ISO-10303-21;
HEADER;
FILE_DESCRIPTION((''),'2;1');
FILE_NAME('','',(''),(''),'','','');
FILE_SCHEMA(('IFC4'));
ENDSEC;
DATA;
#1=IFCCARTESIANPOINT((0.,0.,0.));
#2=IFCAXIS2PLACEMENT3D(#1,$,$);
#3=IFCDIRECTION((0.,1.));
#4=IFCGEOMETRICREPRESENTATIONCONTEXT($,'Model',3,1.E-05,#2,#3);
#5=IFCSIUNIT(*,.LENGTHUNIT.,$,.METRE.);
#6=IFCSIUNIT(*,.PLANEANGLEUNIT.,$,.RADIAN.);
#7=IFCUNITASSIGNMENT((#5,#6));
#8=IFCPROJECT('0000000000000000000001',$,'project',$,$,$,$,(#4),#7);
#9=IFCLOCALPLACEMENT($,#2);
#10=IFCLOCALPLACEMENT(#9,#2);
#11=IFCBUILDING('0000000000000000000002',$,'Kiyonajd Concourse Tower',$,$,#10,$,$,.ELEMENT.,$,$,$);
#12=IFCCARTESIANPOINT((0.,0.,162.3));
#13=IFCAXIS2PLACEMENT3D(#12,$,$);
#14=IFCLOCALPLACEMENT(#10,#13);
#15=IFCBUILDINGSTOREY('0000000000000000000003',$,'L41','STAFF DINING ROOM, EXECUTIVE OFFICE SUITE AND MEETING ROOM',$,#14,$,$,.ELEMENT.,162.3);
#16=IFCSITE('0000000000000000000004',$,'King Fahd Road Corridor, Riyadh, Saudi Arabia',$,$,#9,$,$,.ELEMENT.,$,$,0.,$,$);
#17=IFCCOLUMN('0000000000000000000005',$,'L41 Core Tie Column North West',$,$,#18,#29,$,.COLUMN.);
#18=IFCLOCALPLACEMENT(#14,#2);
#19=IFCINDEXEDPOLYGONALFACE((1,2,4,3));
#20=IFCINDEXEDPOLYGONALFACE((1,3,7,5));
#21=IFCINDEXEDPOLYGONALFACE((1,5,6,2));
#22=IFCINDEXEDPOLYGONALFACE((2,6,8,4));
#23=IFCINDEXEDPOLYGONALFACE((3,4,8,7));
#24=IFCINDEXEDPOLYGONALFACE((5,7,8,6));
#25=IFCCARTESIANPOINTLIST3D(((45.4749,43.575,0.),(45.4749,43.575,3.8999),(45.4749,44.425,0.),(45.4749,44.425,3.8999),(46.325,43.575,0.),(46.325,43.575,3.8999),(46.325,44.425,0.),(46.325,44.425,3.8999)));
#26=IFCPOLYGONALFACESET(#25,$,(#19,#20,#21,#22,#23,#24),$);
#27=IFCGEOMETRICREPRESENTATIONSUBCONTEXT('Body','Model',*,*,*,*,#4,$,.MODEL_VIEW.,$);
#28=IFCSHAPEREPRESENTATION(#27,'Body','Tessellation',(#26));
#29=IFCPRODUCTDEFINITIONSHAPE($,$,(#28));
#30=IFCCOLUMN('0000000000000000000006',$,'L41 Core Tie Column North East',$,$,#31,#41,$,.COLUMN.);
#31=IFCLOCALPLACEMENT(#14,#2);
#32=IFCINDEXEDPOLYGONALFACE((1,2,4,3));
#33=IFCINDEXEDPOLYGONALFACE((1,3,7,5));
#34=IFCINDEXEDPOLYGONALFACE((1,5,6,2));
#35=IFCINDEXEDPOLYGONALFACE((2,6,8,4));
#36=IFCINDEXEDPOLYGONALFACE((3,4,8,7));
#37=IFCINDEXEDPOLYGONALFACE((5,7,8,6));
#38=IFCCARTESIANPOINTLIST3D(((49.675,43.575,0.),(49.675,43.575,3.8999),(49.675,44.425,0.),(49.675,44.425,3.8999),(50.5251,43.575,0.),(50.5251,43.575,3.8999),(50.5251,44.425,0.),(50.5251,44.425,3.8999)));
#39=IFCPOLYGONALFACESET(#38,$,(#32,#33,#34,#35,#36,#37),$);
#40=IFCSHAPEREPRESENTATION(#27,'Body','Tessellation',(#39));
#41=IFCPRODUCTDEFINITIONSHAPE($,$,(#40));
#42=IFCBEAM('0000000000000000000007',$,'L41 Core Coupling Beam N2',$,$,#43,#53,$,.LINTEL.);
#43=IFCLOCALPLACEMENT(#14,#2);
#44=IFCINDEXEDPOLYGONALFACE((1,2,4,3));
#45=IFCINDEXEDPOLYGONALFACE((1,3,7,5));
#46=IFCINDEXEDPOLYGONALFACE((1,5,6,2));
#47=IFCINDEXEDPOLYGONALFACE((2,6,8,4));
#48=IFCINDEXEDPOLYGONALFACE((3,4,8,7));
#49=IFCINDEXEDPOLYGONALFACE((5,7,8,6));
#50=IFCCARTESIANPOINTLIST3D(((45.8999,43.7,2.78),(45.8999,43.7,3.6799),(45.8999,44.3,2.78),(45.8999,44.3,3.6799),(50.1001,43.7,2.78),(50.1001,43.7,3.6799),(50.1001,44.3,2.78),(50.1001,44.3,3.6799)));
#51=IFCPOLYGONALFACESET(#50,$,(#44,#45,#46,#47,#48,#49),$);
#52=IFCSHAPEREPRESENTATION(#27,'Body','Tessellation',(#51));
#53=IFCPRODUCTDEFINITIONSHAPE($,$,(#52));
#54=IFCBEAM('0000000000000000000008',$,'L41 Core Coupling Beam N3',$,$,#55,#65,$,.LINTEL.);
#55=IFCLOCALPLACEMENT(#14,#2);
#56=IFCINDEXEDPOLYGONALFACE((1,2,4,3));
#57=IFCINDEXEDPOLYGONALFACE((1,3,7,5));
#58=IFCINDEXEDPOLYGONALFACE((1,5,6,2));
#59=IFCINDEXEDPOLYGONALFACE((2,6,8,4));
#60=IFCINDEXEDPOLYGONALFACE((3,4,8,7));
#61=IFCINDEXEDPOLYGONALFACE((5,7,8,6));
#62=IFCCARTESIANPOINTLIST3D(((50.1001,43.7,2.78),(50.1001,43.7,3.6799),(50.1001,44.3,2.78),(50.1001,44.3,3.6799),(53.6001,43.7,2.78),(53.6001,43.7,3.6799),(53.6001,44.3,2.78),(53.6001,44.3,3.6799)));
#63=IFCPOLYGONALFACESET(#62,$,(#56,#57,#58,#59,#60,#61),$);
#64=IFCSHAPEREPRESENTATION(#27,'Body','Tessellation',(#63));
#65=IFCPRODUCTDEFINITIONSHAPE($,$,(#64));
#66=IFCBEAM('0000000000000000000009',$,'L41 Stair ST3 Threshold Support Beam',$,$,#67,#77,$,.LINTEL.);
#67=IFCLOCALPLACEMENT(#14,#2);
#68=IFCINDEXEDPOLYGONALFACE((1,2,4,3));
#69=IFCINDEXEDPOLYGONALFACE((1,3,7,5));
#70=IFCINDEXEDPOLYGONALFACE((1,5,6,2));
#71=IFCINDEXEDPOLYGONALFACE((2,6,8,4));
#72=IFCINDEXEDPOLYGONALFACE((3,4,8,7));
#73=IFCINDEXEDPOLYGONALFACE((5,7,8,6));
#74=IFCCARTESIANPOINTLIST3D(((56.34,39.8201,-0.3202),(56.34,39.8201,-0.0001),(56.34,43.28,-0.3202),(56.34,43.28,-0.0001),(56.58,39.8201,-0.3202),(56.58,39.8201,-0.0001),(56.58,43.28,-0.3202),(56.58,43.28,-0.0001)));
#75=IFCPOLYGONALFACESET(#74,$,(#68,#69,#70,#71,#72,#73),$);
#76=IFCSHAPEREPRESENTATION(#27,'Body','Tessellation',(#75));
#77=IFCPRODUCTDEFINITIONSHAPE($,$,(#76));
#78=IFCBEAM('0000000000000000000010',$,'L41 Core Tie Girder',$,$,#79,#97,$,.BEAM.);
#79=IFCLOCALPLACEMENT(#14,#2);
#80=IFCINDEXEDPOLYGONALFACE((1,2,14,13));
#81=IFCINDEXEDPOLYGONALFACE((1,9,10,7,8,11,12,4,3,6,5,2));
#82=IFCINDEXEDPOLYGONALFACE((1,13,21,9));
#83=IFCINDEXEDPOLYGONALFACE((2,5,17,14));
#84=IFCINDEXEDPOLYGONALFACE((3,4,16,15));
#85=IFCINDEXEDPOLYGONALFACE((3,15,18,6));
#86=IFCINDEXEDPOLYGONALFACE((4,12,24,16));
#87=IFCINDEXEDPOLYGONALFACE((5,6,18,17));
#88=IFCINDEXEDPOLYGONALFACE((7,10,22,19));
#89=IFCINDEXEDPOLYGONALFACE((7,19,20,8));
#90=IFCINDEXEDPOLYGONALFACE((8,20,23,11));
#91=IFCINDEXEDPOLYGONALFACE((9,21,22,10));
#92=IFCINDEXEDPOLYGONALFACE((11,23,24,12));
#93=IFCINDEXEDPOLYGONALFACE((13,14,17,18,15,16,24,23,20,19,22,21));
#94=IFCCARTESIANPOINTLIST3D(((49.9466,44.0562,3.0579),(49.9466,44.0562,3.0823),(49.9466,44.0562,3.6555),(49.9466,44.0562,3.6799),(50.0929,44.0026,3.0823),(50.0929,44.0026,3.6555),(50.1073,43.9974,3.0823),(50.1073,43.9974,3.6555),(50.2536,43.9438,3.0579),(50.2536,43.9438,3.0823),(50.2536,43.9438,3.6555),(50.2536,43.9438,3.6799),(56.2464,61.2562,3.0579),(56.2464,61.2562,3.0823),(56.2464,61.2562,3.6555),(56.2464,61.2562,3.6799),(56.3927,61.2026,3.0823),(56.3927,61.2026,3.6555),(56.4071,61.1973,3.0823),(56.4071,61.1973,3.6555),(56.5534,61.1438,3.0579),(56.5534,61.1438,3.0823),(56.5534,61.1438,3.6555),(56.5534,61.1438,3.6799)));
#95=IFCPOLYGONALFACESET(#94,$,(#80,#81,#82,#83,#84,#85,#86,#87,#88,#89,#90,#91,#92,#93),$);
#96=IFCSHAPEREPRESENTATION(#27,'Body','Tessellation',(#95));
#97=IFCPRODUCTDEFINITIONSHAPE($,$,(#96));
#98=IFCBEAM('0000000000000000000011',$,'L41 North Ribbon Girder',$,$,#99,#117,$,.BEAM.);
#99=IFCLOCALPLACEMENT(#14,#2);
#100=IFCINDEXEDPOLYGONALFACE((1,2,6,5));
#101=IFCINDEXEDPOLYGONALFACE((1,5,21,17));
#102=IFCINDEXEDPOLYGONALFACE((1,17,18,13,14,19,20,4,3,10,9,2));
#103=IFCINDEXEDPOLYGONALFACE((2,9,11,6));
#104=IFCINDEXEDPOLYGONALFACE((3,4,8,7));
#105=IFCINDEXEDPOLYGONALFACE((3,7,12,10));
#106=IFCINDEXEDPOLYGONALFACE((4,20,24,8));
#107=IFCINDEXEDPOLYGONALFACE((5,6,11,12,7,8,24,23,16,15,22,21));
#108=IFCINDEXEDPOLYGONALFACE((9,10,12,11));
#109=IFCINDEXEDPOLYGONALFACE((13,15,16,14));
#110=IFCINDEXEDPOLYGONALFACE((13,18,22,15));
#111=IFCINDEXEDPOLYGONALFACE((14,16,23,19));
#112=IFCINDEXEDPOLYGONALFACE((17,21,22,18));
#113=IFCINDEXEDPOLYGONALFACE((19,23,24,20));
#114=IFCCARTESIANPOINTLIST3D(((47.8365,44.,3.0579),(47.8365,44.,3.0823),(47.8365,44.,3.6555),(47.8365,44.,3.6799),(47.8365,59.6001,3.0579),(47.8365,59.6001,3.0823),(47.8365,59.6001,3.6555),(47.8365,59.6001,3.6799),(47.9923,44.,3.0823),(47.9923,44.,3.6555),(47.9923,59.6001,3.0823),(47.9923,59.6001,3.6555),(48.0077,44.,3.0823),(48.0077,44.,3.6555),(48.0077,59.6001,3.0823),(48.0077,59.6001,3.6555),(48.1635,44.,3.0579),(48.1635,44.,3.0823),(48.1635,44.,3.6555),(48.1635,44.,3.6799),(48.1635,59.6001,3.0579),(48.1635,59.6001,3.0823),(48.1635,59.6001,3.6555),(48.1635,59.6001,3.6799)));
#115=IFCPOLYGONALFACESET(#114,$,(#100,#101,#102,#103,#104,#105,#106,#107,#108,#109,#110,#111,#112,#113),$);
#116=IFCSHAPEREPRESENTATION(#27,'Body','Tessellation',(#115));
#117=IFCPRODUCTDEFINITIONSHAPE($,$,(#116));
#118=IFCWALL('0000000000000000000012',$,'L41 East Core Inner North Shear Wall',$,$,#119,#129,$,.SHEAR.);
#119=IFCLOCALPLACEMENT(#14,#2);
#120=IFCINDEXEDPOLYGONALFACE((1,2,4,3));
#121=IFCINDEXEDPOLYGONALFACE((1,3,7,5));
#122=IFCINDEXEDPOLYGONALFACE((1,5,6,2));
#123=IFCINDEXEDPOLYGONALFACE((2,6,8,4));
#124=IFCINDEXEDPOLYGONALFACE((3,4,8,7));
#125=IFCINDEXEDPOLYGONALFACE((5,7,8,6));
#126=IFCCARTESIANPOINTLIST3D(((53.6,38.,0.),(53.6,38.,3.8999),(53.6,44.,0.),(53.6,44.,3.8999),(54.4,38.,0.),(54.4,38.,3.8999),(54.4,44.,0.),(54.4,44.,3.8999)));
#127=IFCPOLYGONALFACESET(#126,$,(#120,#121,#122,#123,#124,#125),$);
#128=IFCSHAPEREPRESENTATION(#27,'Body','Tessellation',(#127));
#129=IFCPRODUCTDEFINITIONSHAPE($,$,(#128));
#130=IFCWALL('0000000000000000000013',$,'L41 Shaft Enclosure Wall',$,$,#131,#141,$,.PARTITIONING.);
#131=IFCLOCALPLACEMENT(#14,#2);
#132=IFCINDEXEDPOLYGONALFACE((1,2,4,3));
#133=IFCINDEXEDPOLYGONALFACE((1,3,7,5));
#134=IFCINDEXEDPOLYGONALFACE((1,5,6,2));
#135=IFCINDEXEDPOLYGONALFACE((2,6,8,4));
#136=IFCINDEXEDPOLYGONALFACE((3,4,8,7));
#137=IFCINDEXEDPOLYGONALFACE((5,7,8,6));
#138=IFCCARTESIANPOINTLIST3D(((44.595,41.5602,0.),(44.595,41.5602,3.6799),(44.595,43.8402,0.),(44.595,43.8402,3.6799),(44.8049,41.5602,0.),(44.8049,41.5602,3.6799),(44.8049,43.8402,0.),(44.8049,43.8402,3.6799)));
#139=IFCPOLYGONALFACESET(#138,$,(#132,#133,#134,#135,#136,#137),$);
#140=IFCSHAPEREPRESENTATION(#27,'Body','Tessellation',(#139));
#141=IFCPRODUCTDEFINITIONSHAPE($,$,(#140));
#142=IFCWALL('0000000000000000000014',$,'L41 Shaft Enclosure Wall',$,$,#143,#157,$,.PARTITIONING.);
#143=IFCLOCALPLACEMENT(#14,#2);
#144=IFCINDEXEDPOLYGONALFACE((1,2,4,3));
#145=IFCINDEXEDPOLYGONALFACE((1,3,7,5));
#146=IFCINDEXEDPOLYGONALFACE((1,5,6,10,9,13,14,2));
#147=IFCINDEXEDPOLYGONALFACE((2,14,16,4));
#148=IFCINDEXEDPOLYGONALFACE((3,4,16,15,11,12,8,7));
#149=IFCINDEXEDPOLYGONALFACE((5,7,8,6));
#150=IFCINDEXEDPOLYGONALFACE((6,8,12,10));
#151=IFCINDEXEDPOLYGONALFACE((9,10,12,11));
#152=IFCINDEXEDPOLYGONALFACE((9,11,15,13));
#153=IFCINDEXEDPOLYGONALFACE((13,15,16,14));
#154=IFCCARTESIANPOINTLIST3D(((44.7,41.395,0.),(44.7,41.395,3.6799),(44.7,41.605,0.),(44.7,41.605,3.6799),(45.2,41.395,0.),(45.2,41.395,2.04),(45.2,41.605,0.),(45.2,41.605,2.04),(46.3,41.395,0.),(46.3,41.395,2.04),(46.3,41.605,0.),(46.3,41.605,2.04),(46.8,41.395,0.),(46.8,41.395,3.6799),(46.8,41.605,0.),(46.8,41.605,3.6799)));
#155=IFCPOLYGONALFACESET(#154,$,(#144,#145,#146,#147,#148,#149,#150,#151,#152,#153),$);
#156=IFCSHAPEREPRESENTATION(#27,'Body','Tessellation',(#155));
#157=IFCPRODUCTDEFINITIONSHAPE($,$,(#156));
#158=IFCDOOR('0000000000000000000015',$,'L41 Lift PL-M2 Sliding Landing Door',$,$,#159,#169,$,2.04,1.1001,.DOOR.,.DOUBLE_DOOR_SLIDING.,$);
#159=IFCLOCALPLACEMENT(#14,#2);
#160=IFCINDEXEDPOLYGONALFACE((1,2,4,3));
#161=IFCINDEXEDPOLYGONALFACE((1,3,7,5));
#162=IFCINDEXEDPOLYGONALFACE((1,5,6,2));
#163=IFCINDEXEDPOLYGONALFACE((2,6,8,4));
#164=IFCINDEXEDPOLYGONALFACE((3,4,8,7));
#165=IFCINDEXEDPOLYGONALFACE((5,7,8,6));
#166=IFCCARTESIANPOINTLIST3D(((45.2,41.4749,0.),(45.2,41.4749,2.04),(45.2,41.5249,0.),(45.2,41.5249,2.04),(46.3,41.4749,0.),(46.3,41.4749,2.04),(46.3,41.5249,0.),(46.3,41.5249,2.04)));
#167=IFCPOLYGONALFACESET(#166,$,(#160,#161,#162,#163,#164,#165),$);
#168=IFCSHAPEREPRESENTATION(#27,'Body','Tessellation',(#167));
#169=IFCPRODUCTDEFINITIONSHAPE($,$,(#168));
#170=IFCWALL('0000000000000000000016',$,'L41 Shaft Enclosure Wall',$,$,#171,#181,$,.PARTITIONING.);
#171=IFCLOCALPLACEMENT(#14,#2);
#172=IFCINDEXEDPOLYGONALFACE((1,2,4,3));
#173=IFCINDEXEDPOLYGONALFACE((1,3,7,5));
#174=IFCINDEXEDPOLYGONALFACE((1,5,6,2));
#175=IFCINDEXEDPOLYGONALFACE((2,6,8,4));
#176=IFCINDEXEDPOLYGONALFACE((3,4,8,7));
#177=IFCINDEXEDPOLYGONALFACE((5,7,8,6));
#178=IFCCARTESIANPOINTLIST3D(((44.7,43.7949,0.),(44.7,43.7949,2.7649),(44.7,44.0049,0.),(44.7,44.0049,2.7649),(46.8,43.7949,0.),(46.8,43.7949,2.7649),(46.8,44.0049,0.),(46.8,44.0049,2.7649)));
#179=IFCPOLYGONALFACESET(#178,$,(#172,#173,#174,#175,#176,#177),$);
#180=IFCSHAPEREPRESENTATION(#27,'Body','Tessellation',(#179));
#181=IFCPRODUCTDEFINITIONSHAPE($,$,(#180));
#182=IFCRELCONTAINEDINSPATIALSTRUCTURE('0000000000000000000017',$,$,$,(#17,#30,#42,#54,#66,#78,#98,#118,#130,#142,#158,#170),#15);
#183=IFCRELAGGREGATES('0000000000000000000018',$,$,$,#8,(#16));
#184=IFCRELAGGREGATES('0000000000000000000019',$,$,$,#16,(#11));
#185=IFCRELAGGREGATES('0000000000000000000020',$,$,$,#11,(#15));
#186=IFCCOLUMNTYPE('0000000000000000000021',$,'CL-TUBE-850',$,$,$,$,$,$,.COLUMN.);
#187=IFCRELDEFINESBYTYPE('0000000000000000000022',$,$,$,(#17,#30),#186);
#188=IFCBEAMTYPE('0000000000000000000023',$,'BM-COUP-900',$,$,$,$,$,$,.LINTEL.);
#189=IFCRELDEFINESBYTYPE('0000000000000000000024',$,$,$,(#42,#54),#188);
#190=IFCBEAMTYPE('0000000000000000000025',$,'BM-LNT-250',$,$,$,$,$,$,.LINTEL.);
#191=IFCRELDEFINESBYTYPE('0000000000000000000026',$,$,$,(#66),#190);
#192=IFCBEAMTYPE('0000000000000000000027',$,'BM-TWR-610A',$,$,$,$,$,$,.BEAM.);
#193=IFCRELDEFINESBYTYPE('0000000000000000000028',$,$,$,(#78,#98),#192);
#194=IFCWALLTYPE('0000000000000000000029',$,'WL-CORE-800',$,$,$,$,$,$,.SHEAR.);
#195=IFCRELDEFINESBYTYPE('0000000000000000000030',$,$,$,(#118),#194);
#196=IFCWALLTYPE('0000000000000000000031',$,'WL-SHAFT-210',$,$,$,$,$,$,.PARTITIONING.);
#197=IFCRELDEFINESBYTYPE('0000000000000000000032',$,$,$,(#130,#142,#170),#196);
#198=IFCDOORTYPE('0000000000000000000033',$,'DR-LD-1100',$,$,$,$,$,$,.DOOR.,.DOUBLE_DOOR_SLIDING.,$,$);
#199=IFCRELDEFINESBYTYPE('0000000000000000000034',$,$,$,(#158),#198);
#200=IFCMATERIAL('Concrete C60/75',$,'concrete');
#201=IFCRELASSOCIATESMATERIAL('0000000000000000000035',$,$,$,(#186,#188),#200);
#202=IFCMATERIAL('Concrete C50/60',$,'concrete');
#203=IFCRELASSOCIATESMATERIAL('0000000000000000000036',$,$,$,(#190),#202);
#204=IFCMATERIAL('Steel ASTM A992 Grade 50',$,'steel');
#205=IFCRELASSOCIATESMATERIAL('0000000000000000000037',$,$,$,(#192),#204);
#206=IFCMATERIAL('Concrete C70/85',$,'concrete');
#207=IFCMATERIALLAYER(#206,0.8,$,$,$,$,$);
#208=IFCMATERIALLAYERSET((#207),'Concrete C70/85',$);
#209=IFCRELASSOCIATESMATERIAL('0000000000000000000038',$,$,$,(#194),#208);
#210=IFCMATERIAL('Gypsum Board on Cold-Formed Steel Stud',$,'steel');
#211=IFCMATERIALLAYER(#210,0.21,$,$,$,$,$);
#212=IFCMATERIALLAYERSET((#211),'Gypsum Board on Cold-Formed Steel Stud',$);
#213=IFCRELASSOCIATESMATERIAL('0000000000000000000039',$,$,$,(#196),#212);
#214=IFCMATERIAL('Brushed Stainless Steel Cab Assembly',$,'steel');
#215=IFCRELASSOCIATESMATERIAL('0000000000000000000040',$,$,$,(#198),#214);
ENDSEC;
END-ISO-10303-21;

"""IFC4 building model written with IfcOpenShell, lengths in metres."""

from ifc_helpers import new_model, si_unit, direction, frame, frame_2d, origin, origin_2d, place, context, subcontext, project, spatial, rectangle, i_section, extrude, material, layer, layer_set, material_profile, profile_set, type_object, element, fill, save


model = new_model("IFC4")

# Units and contexts
model_context = context("Model", 3, precision=1e-05, world=origin(), true_north=direction((0.0, 1.0)))
body_context = subcontext(model_context, "Body", "Model", "MODEL_VIEW")
ifc_project = project(units=[si_unit("LENGTHUNIT", "METRE"), si_unit("PLANEANGLEUNIT", "RADIAN")], contexts=[model_context])

# Site, building, storey
site_placement = place(None, origin())
site = spatial("IfcSite", under=ifc_project, at=site_placement, Name="King Fahd Road Corridor, Riyadh, Saudi Arabia", CompositionType="ELEMENT", RefElevation=0.0)
building_placement = place(site_placement, origin())
building = spatial("IfcBuilding", under=site, at=building_placement, Name="Kiyonajd Concourse Tower", CompositionType="ELEMENT")
storey_placement = place(building_placement, frame((0.0, 0.0, 162.3)))
storey = spatial("IfcBuildingStorey", under=building, at=storey_placement, Name="L41", Description="STAFF DINING ROOM, EXECUTIVE OFFICE SUITE AND MEETING ROOM", CompositionType="ELEMENT", Elevation=162.3)

# Columns
ifc_material_1 = material(Name="Concrete C60/75", Category="concrete")
ifc_material_profile_1 = material_profile(ifc_material_1, rectangle(XDim=0.8501, YDim=0.8501, at=origin_2d()), Name="RC-850x850")
ifc_profile_set_1 = profile_set([ifc_material_profile_1], Name="Concrete C60/75")
column_type = type_object("IfcColumnType", Name="CL-TUBE-850", PredefinedType="COLUMN", material=ifc_profile_set_1)
for number, where, z_axis, x_axis, name in (
    (1, (45.8999, 44.0, 0.0), (0.0, 0.0, 1.0), (1.0, 0.0, 0.0), "L41 Core Tie Column North West"),
    (2, (50.1001, 44.0, 0.0), (0.0, 0.0, 1.0), (1.0, 0.0, 0.0), "L41 Core Tie Column North East"),
):
    element("IfcColumn", number, at=place(storey_placement, frame(where, z_axis=z_axis, x_axis=x_axis)), inside=storey, type_object=column_type, Name=name, PredefinedType="COLUMN", context=body_context, shape_type="SweptSolid", body=[
        extrude(rectangle(XDim=0.8501, YDim=0.8501, at=origin_2d()), origin(), (0.0, 0.0, 1.0), 3.8999),
    ])

# Beams
ifc_material_profile_2 = material_profile(ifc_material_1, rectangle(XDim=0.6001, YDim=0.8999, at=origin_2d()), Name="RCBM-600x900")
ifc_profile_set_2 = profile_set([ifc_material_profile_2], Name="Concrete C60/75")
beam_type_1 = type_object("IfcBeamType", Name="BM-COUP-900", PredefinedType="LINTEL", material=ifc_profile_set_2)
beam_1_placement = place(storey_placement, frame((45.8999, 44.0, 3.23), z_axis=(1.0, 0.0, 0.0), x_axis=(0.0, 1.0, 0.0)))
element("IfcBeam", 3, at=beam_1_placement, inside=storey, type_object=beam_type_1, Name="L41 Core Coupling Beam N2", PredefinedType="LINTEL", context=body_context, shape_type="SweptSolid", body=[
    extrude(rectangle(XDim=0.6001, YDim=0.8999, at=origin_2d()), origin(), (0.0, 0.0, 1.0), 4.2002),
])
beam_2_placement = place(storey_placement, frame((50.1001, 44.0, 3.23), z_axis=(1.0, 0.0, 0.0), x_axis=(0.0, 1.0, 0.0)))
element("IfcBeam", 4, at=beam_2_placement, inside=storey, type_object=beam_type_1, Name="L41 Core Coupling Beam N3", PredefinedType="LINTEL", context=body_context, shape_type="SweptSolid", body=[
    extrude(rectangle(XDim=0.6001, YDim=0.8999, at=origin_2d()), origin(), (0.0, 0.0, 1.0), 3.5),
])
ifc_material_2 = material(Name="Concrete C50/60", Category="concrete")
ifc_material_profile_3 = material_profile(ifc_material_2, rectangle(XDim=0.24, YDim=0.3201, at=origin_2d()), Name="RCBM-240x320")
ifc_profile_set_3 = profile_set([ifc_material_profile_3], Name="Concrete C50/60")
beam_type_2 = type_object("IfcBeamType", Name="BM-LNT-250", PredefinedType="LINTEL", material=ifc_profile_set_3)
beam_3_placement = place(storey_placement, frame((56.46, 39.8201, -0.1602), z_axis=(0.0, 1.0, 0.0), x_axis=(-1.0, 0.0, 0.0)))
element("IfcBeam", 5, at=beam_3_placement, inside=storey, type_object=beam_type_2, Name="L41 Stair ST3 Threshold Support Beam", PredefinedType="LINTEL", context=body_context, shape_type="SweptSolid", body=[
    extrude(rectangle(XDim=0.24, YDim=0.3201, at=origin_2d()), origin(), (0.0, 0.0, 1.0), 3.46),
])
ifc_material_3 = material(Name="Steel ASTM A992 Grade 50", Category="steel")
ifc_material_profile_4 = material_profile(ifc_material_3, i_section(OverallWidth=0.3269, OverallDepth=0.6221, WebThickness=0.0154, FlangeThickness=0.0244, at=origin_2d()), Name="W610X195")
ifc_profile_set_4 = profile_set([ifc_material_profile_4], Name="Steel ASTM A992 Grade 50")
beam_type_3 = type_object("IfcBeamType", Name="BM-TWR-610A", PredefinedType="BEAM", material=ifc_profile_set_4)
beam_4_placement = place(storey_placement, frame((50.1001, 44.0, 3.3689), z_axis=(0.343925, 0.938997, 0.0), x_axis=(-0.938997, 0.343925, 0.0)))
element("IfcBeam", 6, at=beam_4_placement, inside=storey, type_object=beam_type_3, Name="L41 Core Tie Girder", PredefinedType="BEAM", context=body_context, shape_type="SweptSolid", body=[
    extrude(i_section(OverallWidth=0.3269, OverallDepth=0.6221, WebThickness=0.0154, FlangeThickness=0.0244, at=origin_2d()), origin(), (0.0, 0.0, 1.0), 18.3174),
])
beam_5_placement = place(storey_placement, frame((48.0, 44.0, 3.3689), z_axis=(0.0, 1.0, 0.0), x_axis=(-1.0, 0.0, 0.0)))
element("IfcBeam", 7, at=beam_5_placement, inside=storey, type_object=beam_type_3, Name="L41 North Ribbon Girder", PredefinedType="BEAM", context=body_context, shape_type="SweptSolid", body=[
    extrude(i_section(OverallWidth=0.3269, OverallDepth=0.6221, WebThickness=0.0154, FlangeThickness=0.0244, at=origin_2d()), origin(), (0.0, 0.0, 1.0), 15.6001),
])

# Walls
ifc_material_4 = material(Name="Concrete C70/85", Category="concrete")
ifc_layer_1 = layer(ifc_material_4, 0.8)
ifc_layer_set_1 = layer_set([ifc_layer_1], Name="Concrete C70/85")
wall_type_1 = type_object("IfcWallType", Name="WL-CORE-800", PredefinedType="SHEAR", material=ifc_layer_set_1)
wall_1_placement = place(storey_placement, frame((54.0, 38.0, 0.0), z_axis=(0.0, 0.0, 1.0), x_axis=(0.0, 1.0, 0.0)))
element("IfcWall", 8, at=wall_1_placement, inside=storey, type_object=wall_type_1, Name="L41 East Core Inner North Shear Wall", PredefinedType="SHEAR", context=body_context, shape_type="SweptSolid", body=[
    extrude(rectangle(XDim=6.0, YDim=0.8, at=frame_2d((3.0, 0.0))), origin(), (0.0, 0.0, 1.0), 3.8999),
])
ifc_material_5 = material(Name="Gypsum Board on Cold-Formed Steel Stud", Category="steel")
ifc_layer_2 = layer(ifc_material_5, 0.21)
ifc_layer_set_2 = layer_set([ifc_layer_2], Name="Gypsum Board on Cold-Formed Steel Stud")
wall_type_2 = type_object("IfcWallType", Name="WL-SHAFT-210", PredefinedType="PARTITIONING", material=ifc_layer_set_2)
wall_2_placement = place(storey_placement, frame((44.7, 41.5601, 0.0), z_axis=(0.0, 0.0, 1.0), x_axis=(0.0, 1.0, 0.0)))
element("IfcWall", 9, at=wall_2_placement, inside=storey, type_object=wall_type_2, Name="L41 Shaft Enclosure Wall", PredefinedType="PARTITIONING", context=body_context, shape_type="SweptSolid", body=[
    extrude(rectangle(XDim=2.28, YDim=0.21, at=frame_2d((1.1401, 0.0))), origin(), (0.0, 0.0, 1.0), 3.6799),
])

# Wall, opening, door
wall_3_placement = place(storey_placement, frame((44.7, 41.5, 0.0), z_axis=(0.0, 0.0, 1.0), x_axis=(1.0, 0.0, 0.0)))
wall_3 = element("IfcWall", 10, at=wall_3_placement, inside=storey, type_object=wall_type_2, Name="L41 Shaft Enclosure Wall", PredefinedType="PARTITIONING", context=body_context, shape_type="SweptSolid", body=[
    extrude(rectangle(XDim=2.1001, YDim=0.21, at=frame_2d((1.05, 0.0))), origin(), (0.0, 0.0, 1.0), 3.6799),
])
opening_1_placement = place(wall_3_placement, frame((0.5, 0.0, 0.0)))
opening_1 = element("IfcOpeningElement", 11, at=opening_1_placement, cuts=wall_3, PredefinedType="OPENING", context=body_context, shape_type="SweptSolid", body=[
    extrude(rectangle(XDim=1.1001, YDim=2.04, at=frame_2d((0.55, 1.02))), frame((0.0, 0.115, 0.0), z_axis=(0.0, -1.0, 0.0), x_axis=(1.0, 0.0, 0.0)), (0.0, 0.0, 1.0), 0.23),
])
ifc_material_6 = material(Name="Brushed Stainless Steel Cab Assembly", Category="steel")
door_type_1 = type_object("IfcDoorType", Name="DR-LD-1100", OperationType="DOUBLE_DOOR_SLIDING", PredefinedType="DOOR", material=ifc_material_6)
door_1_placement = place(opening_1_placement, origin())
door_1 = element("IfcDoor", 12, at=door_1_placement, inside=storey, type_object=door_type_1, Name="L41 Lift PL-M2 Sliding Landing Door", OperationType="DOUBLE_DOOR_SLIDING", OverallHeight=2.04, OverallWidth=1.1001, PredefinedType="DOOR", context=body_context, shape_type="SweptSolid", body=[
    extrude(rectangle(XDim=1.1001, YDim=2.04, at=frame_2d((0.55, 1.02))), frame((0.0, 0.0249, 0.0), z_axis=(0.0, -1.0, 0.0), x_axis=(1.0, 0.0, 0.0)), (0.0, 0.0, 1.0), 0.05),
])
fill(opening_1, door_1)

# Wall
wall_4_placement = place(storey_placement, frame((44.7, 43.8999, 0.0), z_axis=(0.0, 0.0, 1.0), x_axis=(1.0, 0.0, 0.0)))
element("IfcWall", 13, at=wall_4_placement, inside=storey, type_object=wall_type_2, Name="L41 Shaft Enclosure Wall", PredefinedType="PARTITIONING", context=body_context, shape_type="SweptSolid", body=[
    extrude(rectangle(XDim=2.1001, YDim=0.21, at=frame_2d((1.05, 0.0))), origin(), (0.0, 0.0, 1.0), 2.7649),
])

save(model, "model.ifc")
